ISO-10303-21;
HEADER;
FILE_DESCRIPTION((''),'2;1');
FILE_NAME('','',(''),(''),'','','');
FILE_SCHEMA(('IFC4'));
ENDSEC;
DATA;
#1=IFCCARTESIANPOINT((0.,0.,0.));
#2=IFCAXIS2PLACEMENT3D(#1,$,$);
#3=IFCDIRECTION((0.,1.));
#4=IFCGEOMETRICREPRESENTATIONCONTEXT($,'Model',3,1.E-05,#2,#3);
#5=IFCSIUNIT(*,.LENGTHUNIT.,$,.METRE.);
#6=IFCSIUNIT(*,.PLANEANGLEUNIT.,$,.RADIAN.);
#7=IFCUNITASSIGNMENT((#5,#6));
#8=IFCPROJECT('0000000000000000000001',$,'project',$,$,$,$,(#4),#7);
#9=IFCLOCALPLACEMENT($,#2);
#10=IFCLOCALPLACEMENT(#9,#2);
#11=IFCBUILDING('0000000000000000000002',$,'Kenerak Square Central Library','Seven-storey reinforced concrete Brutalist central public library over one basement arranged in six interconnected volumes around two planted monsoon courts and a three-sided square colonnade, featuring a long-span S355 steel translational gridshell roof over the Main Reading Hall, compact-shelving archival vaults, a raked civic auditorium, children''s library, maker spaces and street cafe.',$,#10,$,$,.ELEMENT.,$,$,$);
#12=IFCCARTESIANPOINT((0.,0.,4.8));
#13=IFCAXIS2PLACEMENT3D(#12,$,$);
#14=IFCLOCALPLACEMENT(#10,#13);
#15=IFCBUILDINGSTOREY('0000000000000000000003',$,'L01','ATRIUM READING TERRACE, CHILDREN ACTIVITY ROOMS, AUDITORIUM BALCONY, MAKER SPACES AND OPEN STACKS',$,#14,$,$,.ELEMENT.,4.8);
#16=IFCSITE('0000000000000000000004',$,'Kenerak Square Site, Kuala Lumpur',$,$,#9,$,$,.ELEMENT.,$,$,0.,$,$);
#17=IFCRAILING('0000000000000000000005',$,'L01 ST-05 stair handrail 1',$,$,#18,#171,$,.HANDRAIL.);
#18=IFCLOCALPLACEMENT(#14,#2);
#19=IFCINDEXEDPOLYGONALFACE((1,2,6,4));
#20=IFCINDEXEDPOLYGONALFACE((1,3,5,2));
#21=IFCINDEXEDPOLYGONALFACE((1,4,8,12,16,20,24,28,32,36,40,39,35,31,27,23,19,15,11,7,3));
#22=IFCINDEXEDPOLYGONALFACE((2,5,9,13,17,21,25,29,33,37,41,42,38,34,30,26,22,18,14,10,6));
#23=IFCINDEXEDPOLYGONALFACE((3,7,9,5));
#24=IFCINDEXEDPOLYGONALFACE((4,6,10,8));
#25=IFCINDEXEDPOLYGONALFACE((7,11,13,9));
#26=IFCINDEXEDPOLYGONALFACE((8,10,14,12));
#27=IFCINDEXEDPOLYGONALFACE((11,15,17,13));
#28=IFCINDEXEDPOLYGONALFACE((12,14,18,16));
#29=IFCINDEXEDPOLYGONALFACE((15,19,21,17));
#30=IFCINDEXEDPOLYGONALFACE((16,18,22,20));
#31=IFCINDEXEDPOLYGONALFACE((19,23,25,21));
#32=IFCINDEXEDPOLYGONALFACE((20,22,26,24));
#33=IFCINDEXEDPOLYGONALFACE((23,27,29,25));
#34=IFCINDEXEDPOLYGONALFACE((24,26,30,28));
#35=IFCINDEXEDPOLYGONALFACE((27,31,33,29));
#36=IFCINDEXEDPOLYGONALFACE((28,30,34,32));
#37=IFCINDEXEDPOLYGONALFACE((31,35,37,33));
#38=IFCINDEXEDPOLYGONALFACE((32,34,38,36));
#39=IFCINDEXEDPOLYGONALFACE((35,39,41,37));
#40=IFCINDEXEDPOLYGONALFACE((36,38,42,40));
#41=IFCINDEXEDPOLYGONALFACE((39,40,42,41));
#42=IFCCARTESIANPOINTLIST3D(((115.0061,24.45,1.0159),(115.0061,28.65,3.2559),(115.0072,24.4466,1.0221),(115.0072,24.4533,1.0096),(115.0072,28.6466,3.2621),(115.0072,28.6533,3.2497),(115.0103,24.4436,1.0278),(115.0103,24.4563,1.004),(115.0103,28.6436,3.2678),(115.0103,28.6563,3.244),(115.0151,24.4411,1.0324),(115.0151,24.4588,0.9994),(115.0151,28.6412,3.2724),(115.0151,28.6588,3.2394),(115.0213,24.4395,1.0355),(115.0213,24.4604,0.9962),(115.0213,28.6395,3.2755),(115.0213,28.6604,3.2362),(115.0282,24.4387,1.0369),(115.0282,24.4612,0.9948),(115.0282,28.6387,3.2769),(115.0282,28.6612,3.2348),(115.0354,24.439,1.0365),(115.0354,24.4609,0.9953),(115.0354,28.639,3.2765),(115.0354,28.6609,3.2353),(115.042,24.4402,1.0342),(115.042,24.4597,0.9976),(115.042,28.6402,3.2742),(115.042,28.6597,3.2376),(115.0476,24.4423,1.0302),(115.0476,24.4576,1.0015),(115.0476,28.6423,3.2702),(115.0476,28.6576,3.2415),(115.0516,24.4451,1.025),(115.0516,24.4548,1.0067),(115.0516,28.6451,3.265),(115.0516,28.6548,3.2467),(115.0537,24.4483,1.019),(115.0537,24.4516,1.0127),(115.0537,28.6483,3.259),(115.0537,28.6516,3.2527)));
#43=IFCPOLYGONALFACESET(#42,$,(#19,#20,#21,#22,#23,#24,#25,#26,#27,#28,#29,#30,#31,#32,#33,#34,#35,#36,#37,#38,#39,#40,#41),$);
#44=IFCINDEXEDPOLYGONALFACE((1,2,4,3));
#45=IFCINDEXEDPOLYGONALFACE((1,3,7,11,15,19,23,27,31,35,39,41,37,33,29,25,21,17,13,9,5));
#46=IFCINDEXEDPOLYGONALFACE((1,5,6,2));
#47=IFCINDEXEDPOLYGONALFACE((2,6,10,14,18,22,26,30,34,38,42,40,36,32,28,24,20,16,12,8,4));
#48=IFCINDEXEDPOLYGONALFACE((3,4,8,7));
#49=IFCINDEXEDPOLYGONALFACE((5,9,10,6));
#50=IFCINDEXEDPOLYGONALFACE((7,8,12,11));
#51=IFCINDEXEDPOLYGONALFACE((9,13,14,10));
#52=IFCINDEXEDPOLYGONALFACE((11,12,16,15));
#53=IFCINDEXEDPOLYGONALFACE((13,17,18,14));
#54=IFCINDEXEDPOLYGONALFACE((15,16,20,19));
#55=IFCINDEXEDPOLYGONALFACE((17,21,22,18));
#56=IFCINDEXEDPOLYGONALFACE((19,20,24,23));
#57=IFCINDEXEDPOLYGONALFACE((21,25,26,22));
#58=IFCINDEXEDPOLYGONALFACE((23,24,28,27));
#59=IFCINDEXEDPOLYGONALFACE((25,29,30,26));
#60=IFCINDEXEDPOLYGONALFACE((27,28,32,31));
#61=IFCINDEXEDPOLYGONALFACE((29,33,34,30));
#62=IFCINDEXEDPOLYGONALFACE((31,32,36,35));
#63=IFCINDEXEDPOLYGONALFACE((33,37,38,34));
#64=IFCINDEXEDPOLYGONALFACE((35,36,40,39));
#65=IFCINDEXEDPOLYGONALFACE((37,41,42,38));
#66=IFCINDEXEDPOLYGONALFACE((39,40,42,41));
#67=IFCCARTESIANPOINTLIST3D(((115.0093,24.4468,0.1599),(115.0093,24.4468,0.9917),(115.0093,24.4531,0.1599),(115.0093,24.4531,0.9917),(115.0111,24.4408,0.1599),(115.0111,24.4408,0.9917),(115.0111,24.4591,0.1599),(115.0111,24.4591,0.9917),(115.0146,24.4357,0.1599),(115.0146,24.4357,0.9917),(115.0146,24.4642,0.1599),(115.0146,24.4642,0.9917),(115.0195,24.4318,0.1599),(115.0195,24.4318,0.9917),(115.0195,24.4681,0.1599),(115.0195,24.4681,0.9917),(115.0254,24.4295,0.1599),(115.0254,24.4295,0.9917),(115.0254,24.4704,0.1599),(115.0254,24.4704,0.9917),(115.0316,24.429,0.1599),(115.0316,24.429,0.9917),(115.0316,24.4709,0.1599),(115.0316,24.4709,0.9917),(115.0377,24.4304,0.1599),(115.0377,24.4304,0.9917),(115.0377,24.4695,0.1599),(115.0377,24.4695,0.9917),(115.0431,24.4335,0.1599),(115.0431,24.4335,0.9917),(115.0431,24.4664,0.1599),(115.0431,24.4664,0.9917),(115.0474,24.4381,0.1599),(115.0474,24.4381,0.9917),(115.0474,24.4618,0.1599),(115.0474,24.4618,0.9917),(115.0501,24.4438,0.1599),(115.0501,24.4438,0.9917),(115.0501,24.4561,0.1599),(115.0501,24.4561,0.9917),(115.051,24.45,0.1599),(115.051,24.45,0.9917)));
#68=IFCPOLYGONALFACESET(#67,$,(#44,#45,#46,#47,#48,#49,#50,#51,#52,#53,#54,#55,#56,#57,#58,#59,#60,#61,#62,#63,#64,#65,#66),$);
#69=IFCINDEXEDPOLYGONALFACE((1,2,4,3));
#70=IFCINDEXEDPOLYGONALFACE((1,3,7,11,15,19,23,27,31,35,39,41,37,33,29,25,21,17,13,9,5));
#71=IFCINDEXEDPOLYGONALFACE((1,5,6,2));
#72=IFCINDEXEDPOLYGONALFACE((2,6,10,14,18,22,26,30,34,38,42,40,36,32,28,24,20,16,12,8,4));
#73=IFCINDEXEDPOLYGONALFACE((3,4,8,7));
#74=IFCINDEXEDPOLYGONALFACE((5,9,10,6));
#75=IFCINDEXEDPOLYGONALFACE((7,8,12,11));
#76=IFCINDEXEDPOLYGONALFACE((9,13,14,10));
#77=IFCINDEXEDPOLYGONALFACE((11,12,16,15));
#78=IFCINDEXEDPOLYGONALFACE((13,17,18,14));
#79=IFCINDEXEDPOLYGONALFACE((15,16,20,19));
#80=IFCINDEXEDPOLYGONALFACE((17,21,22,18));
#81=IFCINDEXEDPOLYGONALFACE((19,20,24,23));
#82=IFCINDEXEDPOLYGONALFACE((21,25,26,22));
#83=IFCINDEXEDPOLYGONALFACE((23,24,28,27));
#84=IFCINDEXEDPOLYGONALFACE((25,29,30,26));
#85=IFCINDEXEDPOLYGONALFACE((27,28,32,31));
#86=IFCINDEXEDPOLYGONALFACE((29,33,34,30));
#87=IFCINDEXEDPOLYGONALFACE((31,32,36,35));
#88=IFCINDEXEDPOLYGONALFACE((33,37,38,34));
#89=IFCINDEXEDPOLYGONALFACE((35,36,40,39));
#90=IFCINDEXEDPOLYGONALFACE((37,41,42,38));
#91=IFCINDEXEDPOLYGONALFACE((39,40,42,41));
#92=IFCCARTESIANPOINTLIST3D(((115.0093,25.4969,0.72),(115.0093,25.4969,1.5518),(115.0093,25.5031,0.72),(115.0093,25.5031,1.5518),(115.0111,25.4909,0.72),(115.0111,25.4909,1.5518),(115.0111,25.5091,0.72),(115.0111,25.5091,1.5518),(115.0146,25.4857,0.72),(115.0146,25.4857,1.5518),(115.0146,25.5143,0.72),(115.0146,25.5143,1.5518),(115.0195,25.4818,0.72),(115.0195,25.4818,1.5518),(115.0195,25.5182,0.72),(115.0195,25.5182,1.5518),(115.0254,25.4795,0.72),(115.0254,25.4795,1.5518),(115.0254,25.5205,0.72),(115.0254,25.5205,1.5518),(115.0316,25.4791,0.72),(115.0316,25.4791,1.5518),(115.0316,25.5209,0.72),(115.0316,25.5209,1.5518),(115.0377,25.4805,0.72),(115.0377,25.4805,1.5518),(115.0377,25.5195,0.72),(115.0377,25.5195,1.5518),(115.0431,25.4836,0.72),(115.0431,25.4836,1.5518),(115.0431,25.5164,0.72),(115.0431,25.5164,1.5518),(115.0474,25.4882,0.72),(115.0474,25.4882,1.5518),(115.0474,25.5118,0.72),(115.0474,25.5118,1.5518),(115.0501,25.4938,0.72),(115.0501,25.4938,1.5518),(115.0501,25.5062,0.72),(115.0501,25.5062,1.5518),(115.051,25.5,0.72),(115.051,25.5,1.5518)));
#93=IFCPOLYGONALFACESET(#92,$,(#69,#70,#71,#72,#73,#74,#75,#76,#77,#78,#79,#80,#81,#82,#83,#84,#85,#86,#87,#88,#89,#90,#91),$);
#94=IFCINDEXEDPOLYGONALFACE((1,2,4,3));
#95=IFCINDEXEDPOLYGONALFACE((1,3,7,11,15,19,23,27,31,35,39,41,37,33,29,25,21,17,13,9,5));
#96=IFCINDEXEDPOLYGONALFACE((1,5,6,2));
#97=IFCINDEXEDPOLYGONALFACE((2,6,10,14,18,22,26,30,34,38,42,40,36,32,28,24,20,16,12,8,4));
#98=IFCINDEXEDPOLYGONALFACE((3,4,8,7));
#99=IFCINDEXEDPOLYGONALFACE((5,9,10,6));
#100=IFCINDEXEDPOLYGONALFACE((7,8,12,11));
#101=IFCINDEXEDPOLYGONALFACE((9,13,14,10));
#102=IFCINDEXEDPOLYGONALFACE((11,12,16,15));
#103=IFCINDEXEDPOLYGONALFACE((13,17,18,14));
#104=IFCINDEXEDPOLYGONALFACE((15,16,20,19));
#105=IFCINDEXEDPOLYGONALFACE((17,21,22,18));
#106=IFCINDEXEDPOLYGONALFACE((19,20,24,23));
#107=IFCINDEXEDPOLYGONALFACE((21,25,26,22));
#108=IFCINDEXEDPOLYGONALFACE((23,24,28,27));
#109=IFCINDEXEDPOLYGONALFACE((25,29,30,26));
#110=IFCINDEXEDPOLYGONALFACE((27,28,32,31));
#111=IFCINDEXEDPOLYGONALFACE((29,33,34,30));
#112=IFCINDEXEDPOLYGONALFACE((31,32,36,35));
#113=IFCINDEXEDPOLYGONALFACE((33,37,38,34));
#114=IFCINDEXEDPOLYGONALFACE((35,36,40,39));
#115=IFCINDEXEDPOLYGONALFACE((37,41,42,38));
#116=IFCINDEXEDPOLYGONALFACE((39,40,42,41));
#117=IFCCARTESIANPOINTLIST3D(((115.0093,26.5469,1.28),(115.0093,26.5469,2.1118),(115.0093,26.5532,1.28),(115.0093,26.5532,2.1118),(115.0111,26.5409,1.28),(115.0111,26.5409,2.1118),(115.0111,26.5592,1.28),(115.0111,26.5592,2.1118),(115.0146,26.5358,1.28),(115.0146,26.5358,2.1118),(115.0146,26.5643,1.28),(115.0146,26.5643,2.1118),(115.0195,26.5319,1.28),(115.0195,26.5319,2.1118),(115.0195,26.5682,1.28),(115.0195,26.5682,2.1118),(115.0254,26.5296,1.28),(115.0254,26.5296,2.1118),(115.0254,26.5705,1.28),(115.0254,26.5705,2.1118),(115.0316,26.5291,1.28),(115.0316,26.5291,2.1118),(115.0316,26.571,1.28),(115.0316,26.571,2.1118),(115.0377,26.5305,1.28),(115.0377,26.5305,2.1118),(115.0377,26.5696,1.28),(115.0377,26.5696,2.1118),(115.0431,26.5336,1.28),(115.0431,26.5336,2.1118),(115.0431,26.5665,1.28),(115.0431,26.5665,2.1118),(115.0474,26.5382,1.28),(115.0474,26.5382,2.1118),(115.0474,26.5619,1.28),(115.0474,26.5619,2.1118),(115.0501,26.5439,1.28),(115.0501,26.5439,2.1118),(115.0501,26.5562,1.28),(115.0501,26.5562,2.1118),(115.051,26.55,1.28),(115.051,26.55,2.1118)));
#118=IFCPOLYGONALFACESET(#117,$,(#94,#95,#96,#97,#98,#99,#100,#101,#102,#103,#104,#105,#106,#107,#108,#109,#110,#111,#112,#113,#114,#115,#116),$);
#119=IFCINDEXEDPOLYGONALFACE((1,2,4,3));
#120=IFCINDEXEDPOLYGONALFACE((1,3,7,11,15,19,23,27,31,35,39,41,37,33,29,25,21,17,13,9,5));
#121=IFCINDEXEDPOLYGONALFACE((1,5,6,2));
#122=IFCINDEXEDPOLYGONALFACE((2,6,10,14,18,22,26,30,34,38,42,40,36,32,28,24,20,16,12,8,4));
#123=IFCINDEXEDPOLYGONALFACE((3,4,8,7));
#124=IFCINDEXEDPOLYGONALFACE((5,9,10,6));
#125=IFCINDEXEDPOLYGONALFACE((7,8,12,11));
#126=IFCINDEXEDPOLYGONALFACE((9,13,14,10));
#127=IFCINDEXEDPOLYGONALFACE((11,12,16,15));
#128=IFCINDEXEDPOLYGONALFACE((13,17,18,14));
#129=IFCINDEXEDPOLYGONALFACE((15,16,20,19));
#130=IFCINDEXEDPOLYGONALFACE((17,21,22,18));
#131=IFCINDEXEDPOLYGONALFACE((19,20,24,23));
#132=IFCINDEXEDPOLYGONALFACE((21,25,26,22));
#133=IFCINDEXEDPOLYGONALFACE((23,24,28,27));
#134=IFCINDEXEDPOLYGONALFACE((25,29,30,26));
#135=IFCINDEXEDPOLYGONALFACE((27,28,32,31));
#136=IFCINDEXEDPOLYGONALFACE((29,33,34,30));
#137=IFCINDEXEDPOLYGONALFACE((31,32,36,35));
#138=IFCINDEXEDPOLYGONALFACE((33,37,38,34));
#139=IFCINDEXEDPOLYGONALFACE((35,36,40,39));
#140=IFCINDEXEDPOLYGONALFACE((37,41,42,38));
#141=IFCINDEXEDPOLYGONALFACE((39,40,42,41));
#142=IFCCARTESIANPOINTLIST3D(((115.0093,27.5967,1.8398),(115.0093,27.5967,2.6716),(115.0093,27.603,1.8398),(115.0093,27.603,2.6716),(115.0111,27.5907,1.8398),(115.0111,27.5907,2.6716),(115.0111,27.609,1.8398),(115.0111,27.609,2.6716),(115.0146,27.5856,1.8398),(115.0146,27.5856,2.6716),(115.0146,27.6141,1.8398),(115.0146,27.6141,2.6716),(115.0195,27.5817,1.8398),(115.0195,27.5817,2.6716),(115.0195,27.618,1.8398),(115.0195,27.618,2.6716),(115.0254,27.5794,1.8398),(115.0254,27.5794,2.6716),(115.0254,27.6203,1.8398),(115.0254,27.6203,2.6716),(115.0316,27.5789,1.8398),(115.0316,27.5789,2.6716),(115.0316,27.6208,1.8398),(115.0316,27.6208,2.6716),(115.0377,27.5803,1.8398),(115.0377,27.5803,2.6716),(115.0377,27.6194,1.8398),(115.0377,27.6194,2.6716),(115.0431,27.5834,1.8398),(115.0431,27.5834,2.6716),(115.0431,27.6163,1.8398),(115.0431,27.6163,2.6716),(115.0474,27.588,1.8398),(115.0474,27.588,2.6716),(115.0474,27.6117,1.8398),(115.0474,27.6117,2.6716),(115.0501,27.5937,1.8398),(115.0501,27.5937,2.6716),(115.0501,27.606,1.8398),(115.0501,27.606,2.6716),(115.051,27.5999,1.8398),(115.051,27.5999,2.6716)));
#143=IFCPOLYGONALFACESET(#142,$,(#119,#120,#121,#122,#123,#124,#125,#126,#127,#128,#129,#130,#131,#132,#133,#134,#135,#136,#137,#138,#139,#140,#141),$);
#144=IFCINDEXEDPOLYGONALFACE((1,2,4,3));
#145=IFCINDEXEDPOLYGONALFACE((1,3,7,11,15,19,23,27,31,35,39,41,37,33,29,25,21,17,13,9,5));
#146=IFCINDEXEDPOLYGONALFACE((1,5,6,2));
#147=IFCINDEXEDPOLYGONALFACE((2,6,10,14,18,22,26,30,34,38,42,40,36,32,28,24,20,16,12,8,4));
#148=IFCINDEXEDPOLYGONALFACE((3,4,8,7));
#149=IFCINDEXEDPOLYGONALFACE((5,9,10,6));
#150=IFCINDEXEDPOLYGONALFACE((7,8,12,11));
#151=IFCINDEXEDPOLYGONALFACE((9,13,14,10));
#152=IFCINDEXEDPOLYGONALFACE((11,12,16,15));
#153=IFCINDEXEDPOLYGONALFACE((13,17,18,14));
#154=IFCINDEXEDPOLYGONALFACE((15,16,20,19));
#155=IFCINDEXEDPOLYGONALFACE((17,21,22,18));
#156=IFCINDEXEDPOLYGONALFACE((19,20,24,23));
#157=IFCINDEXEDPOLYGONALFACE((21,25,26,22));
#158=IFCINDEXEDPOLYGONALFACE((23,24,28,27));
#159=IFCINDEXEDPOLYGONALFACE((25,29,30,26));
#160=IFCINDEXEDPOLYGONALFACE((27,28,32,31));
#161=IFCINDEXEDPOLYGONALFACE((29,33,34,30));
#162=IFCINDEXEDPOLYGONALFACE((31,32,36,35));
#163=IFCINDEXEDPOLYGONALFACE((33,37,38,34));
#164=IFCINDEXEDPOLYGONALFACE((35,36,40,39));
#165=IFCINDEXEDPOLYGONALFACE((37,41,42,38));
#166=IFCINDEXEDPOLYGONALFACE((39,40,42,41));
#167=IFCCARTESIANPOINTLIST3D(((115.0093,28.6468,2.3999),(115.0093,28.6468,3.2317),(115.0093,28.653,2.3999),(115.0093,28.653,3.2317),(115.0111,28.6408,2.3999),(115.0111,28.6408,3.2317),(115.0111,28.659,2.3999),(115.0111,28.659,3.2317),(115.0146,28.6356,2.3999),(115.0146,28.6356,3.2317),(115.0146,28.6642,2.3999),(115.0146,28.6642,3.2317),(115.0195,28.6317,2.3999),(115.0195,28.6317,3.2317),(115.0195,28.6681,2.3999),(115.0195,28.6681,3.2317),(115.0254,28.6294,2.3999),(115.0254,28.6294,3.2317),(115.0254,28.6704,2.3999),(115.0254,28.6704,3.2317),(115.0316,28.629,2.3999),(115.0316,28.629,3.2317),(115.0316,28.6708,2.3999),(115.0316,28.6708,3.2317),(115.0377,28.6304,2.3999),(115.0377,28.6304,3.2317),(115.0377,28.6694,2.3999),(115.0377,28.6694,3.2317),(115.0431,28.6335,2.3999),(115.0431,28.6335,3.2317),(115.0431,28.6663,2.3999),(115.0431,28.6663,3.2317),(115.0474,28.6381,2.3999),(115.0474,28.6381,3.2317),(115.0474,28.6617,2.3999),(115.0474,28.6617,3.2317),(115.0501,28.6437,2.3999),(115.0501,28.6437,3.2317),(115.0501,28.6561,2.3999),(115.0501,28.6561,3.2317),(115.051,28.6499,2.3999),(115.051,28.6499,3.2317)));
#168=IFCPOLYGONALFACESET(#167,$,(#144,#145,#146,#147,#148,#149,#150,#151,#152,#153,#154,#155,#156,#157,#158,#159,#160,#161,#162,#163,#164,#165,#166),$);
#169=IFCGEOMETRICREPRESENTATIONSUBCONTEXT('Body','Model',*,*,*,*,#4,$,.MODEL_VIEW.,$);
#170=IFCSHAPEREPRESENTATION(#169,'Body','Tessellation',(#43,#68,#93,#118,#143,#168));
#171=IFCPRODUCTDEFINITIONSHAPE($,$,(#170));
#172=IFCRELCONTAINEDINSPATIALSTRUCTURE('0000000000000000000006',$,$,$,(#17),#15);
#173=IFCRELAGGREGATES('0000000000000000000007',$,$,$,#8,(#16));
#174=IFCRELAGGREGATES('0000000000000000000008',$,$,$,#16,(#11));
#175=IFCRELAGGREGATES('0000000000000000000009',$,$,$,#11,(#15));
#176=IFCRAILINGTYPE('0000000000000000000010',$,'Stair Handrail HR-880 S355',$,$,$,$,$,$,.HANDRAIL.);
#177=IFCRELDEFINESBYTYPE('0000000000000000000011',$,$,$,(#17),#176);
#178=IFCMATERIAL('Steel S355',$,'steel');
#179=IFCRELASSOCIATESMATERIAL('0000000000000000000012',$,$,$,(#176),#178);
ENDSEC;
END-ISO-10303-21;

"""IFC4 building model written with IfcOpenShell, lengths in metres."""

from ifc_helpers import new_model, si_unit, direction, frame, origin, origin_2d, place, context, subcontext, project, spatial, circle, extrude, material, type_object, element, save


model = new_model("IFC4")

# Units and contexts
model_context = context("Model", 3, precision=1e-05, world=origin(), true_north=direction((0.0, 1.0)))
body_context = subcontext(model_context, "Body", "Model", "MODEL_VIEW")
ifc_project = project(units=[si_unit("LENGTHUNIT", "METRE"), si_unit("PLANEANGLEUNIT", "RADIAN")], contexts=[model_context])

# Site, building, storey
site_placement = place(None, origin())
site = spatial("IfcSite", under=ifc_project, at=site_placement, Name="Kenerak Square Site, Kuala Lumpur", CompositionType="ELEMENT", RefElevation=0.0)
building_placement = place(site_placement, origin())
building = spatial("IfcBuilding", under=site, at=building_placement, Name="Kenerak Square Central Library", Description="Seven-storey reinforced concrete Brutalist central public library over one basement arranged in six interconnected volumes around two planted monsoon courts and a three-sided square colonnade, featuring a long-span S355 steel translational gridshell roof over the Main Reading Hall, compact-shelving archival vaults, a raked civic auditorium, children's library, maker spaces and street cafe.", CompositionType="ELEMENT")
storey_placement = place(building_placement, frame((0.0, 0.0, 4.8)))
storey = spatial("IfcBuildingStorey", under=building, at=storey_placement, Name="L01", Description="ATRIUM READING TERRACE, CHILDREN ACTIVITY ROOMS, AUDITORIUM BALCONY, MAKER SPACES AND OPEN STACKS", CompositionType="ELEMENT", Elevation=4.8)

# Shared definitions
ifc_material_1 = material(Name="Steel S355", Category="steel")

# Railing
railing_type_1 = type_object("IfcRailingType", Name="Stair Handrail HR-880 S355", PredefinedType="HANDRAIL", material=ifc_material_1)
railing_1_placement = place(storey_placement, frame((115.03, 24.45, 0.1599)))
element("IfcRailing", 1, at=railing_1_placement, inside=storey, type_object=railing_type_1, Name="L01 ST-05 stair handrail 1", PredefinedType="HANDRAIL", context=body_context, shape_type="SweptSolid", body=[
    extrude(circle(Radius=0.0239, at=origin_2d()), frame((0.0, 0.0, 0.856), z_axis=(0.0, 0.882352, 0.470591), x_axis=(-1.0, 0.0, 0.0)), (0.0, 0.0, 1.0), 4.76),
    extrude(circle(Radius=0.021, at=origin_2d()), origin(), (0.0, 0.0, 1.0), 0.8318),
    extrude(circle(Radius=0.021, at=origin_2d()), frame((0.0, 1.05, 0.5601)), (0.0, 0.0, 1.0), 0.8318),
    extrude(circle(Radius=0.021, at=origin_2d()), frame((0.0, 2.1001, 1.1201)), (0.0, 0.0, 1.0), 0.8318),
    extrude(circle(Radius=0.021, at=origin_2d()), frame((0.0, 3.1499, 1.6799)), (0.0, 0.0, 1.0), 0.8318),
    extrude(circle(Radius=0.021, at=origin_2d()), frame((0.0, 4.2, 2.24)), (0.0, 0.0, 1.0), 0.8318),
])

save(model, "model.ifc")
